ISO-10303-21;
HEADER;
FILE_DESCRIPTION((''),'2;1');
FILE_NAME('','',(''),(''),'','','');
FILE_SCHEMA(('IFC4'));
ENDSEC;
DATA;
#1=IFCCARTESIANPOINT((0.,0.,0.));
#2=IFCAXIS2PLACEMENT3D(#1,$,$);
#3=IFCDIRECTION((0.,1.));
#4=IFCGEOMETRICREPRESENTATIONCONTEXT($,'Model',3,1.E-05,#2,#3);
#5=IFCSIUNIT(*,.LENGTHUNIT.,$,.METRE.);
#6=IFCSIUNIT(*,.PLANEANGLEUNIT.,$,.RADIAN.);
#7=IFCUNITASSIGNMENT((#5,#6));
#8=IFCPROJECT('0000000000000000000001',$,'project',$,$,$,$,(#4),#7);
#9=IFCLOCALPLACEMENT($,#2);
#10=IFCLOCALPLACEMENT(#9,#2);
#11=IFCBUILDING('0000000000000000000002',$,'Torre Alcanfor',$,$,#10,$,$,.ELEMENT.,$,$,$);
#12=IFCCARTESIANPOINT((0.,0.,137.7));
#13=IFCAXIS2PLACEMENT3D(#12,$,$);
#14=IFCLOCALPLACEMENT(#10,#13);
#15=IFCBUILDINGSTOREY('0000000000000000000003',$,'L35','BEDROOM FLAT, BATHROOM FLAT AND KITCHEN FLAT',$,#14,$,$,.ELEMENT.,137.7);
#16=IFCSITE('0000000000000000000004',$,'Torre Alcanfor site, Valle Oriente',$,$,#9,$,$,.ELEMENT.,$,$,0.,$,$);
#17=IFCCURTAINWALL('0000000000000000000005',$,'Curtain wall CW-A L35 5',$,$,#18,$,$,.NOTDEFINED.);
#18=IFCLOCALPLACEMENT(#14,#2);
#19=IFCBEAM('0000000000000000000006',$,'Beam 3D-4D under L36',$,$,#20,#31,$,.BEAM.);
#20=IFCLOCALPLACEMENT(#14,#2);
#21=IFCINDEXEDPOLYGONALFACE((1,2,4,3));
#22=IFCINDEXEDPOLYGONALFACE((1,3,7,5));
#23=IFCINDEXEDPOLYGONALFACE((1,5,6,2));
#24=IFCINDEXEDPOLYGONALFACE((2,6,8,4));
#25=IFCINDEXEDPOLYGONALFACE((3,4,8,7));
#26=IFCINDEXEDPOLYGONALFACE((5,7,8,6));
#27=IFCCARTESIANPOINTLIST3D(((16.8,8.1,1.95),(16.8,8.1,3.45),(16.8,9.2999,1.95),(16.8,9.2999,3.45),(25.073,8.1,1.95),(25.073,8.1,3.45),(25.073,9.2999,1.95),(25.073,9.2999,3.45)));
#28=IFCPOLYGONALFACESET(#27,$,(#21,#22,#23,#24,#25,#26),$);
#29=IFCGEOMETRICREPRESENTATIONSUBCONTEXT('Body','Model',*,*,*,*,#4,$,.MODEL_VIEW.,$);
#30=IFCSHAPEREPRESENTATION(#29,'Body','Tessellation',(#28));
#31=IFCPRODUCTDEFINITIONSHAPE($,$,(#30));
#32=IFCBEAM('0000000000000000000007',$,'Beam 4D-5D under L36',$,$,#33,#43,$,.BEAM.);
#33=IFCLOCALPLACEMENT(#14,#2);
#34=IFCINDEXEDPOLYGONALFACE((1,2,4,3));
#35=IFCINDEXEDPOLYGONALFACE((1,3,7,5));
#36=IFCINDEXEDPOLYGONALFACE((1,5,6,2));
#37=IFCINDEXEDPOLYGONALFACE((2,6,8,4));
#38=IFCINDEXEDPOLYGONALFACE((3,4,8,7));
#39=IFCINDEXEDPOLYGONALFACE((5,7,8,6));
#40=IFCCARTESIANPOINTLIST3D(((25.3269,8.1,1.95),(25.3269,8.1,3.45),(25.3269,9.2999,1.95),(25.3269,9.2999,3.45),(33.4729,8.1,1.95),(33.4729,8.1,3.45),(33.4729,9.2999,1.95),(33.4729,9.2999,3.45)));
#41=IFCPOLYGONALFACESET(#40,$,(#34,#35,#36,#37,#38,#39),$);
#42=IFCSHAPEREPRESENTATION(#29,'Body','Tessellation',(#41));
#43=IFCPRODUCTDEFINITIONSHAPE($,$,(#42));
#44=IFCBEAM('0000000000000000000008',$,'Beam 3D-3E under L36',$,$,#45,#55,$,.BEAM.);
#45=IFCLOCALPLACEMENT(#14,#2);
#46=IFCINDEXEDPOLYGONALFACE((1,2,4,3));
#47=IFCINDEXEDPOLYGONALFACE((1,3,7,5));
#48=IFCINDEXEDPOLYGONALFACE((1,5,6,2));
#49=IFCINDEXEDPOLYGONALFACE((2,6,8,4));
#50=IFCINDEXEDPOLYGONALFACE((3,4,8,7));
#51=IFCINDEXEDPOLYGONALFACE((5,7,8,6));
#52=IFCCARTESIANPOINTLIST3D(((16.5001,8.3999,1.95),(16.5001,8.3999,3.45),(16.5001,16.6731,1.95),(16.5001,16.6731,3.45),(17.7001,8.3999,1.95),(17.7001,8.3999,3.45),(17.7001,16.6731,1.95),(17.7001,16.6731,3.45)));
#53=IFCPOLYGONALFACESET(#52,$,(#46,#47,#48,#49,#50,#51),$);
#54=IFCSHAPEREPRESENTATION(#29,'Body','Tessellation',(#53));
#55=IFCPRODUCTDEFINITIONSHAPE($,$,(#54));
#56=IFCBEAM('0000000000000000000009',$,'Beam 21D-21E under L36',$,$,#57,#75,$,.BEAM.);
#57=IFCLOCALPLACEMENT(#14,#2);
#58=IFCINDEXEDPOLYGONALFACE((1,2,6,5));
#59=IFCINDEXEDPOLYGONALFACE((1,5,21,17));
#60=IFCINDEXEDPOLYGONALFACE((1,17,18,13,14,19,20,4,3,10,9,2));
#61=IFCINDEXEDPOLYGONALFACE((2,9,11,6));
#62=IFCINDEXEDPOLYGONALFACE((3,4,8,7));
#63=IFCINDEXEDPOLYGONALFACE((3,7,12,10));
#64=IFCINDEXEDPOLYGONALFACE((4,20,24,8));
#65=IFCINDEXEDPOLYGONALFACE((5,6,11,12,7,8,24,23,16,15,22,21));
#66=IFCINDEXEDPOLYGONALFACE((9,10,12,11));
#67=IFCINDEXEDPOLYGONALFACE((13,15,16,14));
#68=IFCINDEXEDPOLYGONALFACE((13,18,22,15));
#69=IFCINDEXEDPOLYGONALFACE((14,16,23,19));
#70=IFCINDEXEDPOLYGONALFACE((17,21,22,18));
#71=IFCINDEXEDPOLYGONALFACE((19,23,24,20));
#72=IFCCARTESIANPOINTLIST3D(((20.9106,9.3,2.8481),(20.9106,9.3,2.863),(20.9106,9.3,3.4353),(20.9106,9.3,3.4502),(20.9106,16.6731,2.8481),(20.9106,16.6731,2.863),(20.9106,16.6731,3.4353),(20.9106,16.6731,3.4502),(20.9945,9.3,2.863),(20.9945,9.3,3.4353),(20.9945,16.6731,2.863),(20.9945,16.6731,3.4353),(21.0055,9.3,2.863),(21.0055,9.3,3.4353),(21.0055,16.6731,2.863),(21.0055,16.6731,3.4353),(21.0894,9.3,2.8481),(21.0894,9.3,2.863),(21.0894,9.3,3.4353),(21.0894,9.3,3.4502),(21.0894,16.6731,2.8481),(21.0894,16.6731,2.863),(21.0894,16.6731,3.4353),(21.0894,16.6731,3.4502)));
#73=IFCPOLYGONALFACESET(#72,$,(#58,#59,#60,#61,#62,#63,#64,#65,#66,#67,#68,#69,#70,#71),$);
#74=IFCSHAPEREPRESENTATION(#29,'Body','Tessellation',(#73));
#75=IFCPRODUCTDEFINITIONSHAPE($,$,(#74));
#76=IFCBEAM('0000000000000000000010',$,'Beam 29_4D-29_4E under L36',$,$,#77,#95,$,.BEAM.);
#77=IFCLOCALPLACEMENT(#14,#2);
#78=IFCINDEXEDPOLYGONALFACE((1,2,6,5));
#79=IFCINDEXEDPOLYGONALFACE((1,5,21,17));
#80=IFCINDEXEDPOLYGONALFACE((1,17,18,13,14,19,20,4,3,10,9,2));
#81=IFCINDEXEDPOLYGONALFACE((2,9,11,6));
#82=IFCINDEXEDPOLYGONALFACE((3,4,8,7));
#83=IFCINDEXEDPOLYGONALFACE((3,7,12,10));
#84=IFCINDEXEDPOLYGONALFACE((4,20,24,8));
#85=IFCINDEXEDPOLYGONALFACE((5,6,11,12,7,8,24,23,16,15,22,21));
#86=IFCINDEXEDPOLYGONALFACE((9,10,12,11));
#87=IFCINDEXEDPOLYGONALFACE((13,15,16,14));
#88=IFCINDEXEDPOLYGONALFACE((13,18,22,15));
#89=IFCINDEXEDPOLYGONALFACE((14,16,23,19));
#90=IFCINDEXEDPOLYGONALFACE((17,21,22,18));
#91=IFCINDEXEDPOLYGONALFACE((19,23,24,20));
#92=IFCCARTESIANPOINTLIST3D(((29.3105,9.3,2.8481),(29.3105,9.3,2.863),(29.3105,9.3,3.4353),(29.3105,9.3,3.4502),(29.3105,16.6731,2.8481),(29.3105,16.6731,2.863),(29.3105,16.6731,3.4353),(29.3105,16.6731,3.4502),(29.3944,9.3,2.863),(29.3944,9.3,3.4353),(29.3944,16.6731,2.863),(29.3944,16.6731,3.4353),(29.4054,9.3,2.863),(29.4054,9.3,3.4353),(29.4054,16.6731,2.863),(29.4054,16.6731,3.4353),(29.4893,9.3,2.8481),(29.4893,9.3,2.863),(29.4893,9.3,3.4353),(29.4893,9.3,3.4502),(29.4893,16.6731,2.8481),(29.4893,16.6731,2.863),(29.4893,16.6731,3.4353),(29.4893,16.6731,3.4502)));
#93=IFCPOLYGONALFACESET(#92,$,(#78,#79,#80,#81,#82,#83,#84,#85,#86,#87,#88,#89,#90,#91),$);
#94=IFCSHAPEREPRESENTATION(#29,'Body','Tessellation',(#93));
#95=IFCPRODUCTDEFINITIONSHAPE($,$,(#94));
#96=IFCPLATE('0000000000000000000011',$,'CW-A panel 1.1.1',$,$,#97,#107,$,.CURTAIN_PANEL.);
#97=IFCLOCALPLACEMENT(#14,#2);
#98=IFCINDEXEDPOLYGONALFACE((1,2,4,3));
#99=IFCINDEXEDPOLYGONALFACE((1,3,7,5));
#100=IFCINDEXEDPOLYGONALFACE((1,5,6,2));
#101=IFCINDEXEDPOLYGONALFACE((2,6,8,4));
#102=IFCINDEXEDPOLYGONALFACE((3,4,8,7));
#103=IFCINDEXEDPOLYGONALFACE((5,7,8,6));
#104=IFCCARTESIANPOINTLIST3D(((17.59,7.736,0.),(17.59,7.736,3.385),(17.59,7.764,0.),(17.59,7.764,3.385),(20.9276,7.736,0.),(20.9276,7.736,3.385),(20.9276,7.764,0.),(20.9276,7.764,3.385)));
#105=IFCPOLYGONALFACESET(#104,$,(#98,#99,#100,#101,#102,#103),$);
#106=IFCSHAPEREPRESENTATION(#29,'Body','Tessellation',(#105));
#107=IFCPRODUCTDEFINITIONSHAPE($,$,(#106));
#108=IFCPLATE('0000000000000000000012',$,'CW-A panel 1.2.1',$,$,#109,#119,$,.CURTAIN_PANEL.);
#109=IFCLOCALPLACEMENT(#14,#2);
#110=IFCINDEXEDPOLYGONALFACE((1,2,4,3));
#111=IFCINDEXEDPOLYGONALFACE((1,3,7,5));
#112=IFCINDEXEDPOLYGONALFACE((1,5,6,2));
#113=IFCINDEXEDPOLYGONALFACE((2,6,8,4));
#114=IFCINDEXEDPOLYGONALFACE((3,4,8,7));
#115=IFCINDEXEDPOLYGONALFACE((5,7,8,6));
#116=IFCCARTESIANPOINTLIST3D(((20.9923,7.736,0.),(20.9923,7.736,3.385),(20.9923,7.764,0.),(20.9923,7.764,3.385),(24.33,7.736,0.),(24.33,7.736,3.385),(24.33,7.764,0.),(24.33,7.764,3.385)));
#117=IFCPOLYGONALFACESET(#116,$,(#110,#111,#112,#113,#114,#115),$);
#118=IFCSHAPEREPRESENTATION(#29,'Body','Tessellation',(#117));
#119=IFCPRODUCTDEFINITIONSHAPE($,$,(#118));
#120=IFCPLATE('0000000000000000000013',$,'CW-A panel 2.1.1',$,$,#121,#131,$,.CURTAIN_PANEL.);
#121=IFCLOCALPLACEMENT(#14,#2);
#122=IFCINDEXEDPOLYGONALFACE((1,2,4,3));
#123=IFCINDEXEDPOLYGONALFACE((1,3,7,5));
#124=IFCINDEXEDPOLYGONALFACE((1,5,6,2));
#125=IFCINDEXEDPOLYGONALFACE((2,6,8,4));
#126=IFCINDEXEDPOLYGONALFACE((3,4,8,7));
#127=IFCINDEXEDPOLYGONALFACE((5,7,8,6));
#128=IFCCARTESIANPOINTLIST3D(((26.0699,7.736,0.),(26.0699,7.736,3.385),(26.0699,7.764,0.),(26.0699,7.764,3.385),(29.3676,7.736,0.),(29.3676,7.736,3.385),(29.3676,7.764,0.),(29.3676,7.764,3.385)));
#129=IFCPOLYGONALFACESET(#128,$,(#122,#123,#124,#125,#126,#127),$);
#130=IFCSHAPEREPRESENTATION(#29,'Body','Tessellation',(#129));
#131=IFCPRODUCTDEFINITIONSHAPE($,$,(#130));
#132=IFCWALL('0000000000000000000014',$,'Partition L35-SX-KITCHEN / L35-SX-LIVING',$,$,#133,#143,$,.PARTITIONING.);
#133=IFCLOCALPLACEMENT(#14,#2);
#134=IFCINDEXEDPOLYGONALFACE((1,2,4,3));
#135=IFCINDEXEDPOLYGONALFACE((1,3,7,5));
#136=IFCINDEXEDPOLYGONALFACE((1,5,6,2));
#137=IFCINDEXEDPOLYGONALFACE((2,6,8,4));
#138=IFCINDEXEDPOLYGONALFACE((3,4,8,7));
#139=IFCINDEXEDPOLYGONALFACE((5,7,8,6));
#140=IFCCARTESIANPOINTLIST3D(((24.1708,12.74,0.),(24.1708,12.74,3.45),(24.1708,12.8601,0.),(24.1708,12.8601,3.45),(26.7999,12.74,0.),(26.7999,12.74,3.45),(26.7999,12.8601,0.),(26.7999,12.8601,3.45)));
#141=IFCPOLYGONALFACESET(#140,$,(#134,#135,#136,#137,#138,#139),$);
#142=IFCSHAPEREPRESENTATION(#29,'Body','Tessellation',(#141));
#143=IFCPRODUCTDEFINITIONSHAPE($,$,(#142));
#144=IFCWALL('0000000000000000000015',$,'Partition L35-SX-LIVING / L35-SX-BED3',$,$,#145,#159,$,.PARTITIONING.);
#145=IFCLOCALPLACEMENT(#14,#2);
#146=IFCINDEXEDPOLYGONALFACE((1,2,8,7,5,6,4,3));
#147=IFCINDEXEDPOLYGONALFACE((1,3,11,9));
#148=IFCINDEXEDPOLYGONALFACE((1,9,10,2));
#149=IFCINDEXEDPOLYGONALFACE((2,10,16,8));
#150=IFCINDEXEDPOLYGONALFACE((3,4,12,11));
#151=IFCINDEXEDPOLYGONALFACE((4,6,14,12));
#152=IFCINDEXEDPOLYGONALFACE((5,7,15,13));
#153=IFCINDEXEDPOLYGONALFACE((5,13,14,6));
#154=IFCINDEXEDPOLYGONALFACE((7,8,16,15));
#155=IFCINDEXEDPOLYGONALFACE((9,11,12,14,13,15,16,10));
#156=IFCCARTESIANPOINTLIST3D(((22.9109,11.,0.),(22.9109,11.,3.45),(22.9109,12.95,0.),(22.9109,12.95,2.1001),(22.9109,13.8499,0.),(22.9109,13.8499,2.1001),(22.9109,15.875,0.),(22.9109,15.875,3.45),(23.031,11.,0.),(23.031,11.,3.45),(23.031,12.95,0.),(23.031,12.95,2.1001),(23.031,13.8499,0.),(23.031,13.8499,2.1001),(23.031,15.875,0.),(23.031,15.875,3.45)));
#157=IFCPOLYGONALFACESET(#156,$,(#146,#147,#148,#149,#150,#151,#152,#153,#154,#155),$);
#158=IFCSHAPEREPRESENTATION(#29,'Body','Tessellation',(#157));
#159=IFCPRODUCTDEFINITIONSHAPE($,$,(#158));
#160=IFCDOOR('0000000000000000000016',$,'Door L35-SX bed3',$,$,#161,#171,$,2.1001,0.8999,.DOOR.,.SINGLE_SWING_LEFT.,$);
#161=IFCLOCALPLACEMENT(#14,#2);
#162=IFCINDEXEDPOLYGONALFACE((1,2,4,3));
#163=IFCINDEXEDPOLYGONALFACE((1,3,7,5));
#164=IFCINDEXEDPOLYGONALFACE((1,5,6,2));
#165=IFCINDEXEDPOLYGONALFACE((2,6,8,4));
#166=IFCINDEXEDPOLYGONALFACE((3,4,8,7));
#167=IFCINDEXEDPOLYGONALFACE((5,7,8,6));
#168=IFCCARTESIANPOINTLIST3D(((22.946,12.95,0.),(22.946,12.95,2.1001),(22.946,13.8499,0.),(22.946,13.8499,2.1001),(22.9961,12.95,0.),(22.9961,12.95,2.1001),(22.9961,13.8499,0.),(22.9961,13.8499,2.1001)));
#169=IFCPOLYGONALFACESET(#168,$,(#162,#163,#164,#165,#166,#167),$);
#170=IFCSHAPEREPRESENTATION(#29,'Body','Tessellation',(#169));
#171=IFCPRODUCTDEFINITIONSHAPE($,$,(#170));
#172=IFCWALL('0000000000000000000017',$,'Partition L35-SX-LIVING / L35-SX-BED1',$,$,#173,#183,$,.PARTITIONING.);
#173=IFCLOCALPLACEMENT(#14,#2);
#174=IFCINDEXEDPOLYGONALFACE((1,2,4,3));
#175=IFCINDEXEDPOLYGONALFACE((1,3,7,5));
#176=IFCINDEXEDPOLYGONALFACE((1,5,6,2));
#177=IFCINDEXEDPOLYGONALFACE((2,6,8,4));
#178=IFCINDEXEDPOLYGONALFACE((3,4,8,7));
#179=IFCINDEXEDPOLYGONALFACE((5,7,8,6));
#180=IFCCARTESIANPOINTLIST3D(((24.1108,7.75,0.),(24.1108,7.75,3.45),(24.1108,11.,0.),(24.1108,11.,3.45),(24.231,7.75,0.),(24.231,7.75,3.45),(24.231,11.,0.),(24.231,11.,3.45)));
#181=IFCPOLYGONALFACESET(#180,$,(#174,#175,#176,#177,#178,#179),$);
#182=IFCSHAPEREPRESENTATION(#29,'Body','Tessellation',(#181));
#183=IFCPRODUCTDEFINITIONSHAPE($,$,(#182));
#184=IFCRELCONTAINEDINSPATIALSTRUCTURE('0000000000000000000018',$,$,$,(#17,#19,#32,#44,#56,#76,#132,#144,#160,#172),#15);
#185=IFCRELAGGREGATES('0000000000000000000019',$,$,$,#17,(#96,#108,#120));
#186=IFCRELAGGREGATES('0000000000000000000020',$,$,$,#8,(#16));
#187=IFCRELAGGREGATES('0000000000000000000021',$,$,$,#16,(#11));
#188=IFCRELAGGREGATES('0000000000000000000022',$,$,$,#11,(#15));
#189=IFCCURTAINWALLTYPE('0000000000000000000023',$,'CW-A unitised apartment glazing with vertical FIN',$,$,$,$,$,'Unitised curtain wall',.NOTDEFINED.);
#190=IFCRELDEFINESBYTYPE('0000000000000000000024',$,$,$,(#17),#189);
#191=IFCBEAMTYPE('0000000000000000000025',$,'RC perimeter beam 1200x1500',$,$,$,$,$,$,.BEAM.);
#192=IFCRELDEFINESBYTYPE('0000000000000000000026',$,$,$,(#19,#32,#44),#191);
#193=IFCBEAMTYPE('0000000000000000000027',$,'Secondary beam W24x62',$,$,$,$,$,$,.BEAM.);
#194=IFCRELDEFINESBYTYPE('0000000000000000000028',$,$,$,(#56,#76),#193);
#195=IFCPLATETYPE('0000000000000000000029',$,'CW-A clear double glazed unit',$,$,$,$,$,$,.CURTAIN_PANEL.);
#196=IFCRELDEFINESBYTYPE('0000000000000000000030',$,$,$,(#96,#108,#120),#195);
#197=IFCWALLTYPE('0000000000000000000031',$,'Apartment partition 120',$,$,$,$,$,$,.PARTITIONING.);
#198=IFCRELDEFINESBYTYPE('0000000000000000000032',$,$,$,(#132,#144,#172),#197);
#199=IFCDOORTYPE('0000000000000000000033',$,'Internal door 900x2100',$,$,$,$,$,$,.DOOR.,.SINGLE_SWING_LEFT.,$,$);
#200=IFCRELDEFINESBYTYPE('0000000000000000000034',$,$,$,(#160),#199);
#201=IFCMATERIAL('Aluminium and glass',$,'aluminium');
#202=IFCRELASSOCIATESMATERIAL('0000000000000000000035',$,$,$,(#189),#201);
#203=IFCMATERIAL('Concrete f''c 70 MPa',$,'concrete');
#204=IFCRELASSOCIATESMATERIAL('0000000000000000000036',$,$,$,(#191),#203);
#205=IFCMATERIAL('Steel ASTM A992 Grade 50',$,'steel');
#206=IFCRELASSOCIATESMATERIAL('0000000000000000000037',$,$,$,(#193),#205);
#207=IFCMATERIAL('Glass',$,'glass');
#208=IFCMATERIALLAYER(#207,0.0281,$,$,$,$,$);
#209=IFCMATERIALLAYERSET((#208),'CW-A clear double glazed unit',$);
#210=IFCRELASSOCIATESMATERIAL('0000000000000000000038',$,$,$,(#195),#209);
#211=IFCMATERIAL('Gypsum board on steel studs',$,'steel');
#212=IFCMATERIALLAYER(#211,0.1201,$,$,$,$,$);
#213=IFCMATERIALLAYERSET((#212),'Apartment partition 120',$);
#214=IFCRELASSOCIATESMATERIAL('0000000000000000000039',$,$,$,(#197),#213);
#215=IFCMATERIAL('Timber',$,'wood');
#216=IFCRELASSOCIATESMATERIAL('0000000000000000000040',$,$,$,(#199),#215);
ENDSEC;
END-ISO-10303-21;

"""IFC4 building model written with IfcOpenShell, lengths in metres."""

from ifc_helpers import new_model, si_unit, direction, frame, frame_2d, origin, origin_2d, place, context, subcontext, project, spatial, rectangle, i_section, extrude, material, layer, layer_set, material_profile, profile_set, type_object, element, fill, aggregate, save


model = new_model("IFC4")

# Units and contexts
model_context = context("Model", 3, precision=1e-05, world=origin(), true_north=direction((0.0, 1.0)))
body_context = subcontext(model_context, "Body", "Model", "MODEL_VIEW")
ifc_project = project(units=[si_unit("LENGTHUNIT", "METRE"), si_unit("PLANEANGLEUNIT", "RADIAN")], contexts=[model_context])

# Site, building, storey
site_placement = place(None, origin())
site = spatial("IfcSite", under=ifc_project, at=site_placement, Name="Torre Alcanfor site, Valle Oriente", CompositionType="ELEMENT", RefElevation=0.0)
building_placement = place(site_placement, origin())
building = spatial("IfcBuilding", under=site, at=building_placement, Name="Torre Alcanfor", CompositionType="ELEMENT")
storey_placement = place(building_placement, frame((0.0, 0.0, 137.7)))
storey = spatial("IfcBuildingStorey", under=building, at=storey_placement, Name="L35", Description="BEDROOM FLAT, BATHROOM FLAT AND KITCHEN FLAT", CompositionType="ELEMENT", Elevation=137.7)

# Curtain wall
ifc_material_1 = material(Name="Aluminium and glass", Category="aluminium")
curtain_wall_type = type_object("IfcCurtainWallType", Name="CW-A unitised apartment glazing with vertical FIN", ElementType="Unitised curtain wall", PredefinedType="NOTDEFINED", material=ifc_material_1)
curtain_wall_placement = place(storey_placement, origin())
curtain_wall = element("IfcCurtainWall", 1, at=curtain_wall_placement, inside=storey, type_object=curtain_wall_type, Name="Curtain wall CW-A L35 5", PredefinedType="NOTDEFINED")

# Beams
ifc_material_2 = material(Name="Concrete f'c 70 MPa", Category="concrete")
ifc_material_profile_1 = material_profile(ifc_material_2, rectangle(XDim=1.2, YDim=1.5, at=origin_2d()), Name="1200x1500")
ifc_profile_set_1 = profile_set([ifc_material_profile_1], Name="Concrete f'c 70 MPa")
beam_type_1 = type_object("IfcBeamType", Name="RC perimeter beam 1200x1500", PredefinedType="BEAM", material=ifc_profile_set_1)
beam_1_placement = place(storey_placement, frame((16.8, 8.7, 2.7), z_axis=(1.0, 0.0, 0.0), x_axis=(0.0, 1.0, 0.0)))
element("IfcBeam", 2, at=beam_1_placement, inside=storey, type_object=beam_type_1, Name="Beam 3D-4D under L36", PredefinedType="BEAM", context=body_context, shape_type="SweptSolid", body=[
    extrude(rectangle(XDim=1.2, YDim=1.5, at=origin_2d()), origin(), (0.0, 0.0, 1.0), 8.2729),
])
beam_2_placement = place(storey_placement, frame((25.3269, 8.7, 2.7), z_axis=(1.0, 0.0, 0.0), x_axis=(0.0, 1.0, 0.0)))
element("IfcBeam", 3, at=beam_2_placement, inside=storey, type_object=beam_type_1, Name="Beam 4D-5D under L36", PredefinedType="BEAM", context=body_context, shape_type="SweptSolid", body=[
    extrude(rectangle(XDim=1.2, YDim=1.5, at=origin_2d()), origin(), (0.0, 0.0, 1.0), 8.146),
])
beam_3_placement = place(storey_placement, frame((17.1001, 8.3999, 2.7), z_axis=(0.0, 1.0, 0.0), x_axis=(-1.0, 0.0, 0.0)))
element("IfcBeam", 4, at=beam_3_placement, inside=storey, type_object=beam_type_1, Name="Beam 3D-3E under L36", PredefinedType="BEAM", context=body_context, shape_type="SweptSolid", body=[
    extrude(rectangle(XDim=1.2, YDim=1.5, at=origin_2d()), origin(), (0.0, 0.0, 1.0), 8.2732),
])
ifc_material_3 = material(Name="Steel ASTM A992 Grade 50", Category="steel")
ifc_material_profile_2 = material_profile(ifc_material_3, i_section(OverallWidth=0.1787, OverallDepth=0.6021, WebThickness=0.011, FlangeThickness=0.0149, at=origin_2d()), Name="W24x62")
ifc_profile_set_2 = profile_set([ifc_material_profile_2], Name="Steel ASTM A992 Grade 50")
beam_type_2 = type_object("IfcBeamType", Name="Secondary beam W24x62", PredefinedType="BEAM", material=ifc_profile_set_2)
for number, where, z_axis, x_axis, name in (
    (5, (21.0, 9.3, 3.1492), (0.0, 1.0, 0.0), (-1.0, 0.0, 0.0), "Beam 21D-21E under L36"),
    (6, (29.3999, 9.3, 3.1492), (0.0, 1.0, 0.0), (-1.0, 0.0, 0.0), "Beam 29_4D-29_4E under L36"),
):
    element("IfcBeam", number, at=place(storey_placement, frame(where, z_axis=z_axis, x_axis=x_axis)), inside=storey, type_object=beam_type_2, Name=name, PredefinedType="BEAM", context=body_context, shape_type="SweptSolid", body=[
        extrude(i_section(OverallWidth=0.1787, OverallDepth=0.6021, WebThickness=0.011, FlangeThickness=0.0149, at=origin_2d()), origin(), (0.0, 0.0, 1.0), 7.373),
    ])

# Plates
ifc_material_4 = material(Name="Glass", Category="glass")
ifc_layer_1 = layer(ifc_material_4, 0.0281)
ifc_layer_set_1 = layer_set([ifc_layer_1], Name="CW-A clear double glazed unit")
plate_type = type_object("IfcPlateType", Name="CW-A clear double glazed unit", PredefinedType="CURTAIN_PANEL", material=ifc_layer_set_1)
plate_1_placement = place(storey_placement, frame((19.2588, 7.75, 0.0), z_axis=(0.0, 0.0, 1.0), x_axis=(1.0, 0.0, 0.0)))
plate_1 = element("IfcPlate", 7, at=plate_1_placement, type_object=plate_type, Name="CW-A panel 1.1.1", PredefinedType="CURTAIN_PANEL", context=body_context, shape_type="SweptSolid", body=[
    extrude(rectangle(XDim=3.3376, YDim=0.0281, at=origin_2d()), origin(), (0.0, 0.0, 1.0), 3.385),
])
plate_2_placement = place(storey_placement, frame((22.6611, 7.75, 0.0), z_axis=(0.0, 0.0, 1.0), x_axis=(1.0, 0.0, 0.0)))
plate_2 = element("IfcPlate", 8, at=plate_2_placement, type_object=plate_type, Name="CW-A panel 1.2.1", PredefinedType="CURTAIN_PANEL", context=body_context, shape_type="SweptSolid", body=[
    extrude(rectangle(XDim=3.3376, YDim=0.0281, at=origin_2d()), origin(), (0.0, 0.0, 1.0), 3.385),
])
plate_3_placement = place(storey_placement, frame((27.7188, 7.75, 0.0), z_axis=(0.0, 0.0, 1.0), x_axis=(1.0, 0.0, 0.0)))
plate_3 = element("IfcPlate", 9, at=plate_3_placement, type_object=plate_type, Name="CW-A panel 2.1.1", PredefinedType="CURTAIN_PANEL", context=body_context, shape_type="SweptSolid", body=[
    extrude(rectangle(XDim=3.2976, YDim=0.0281, at=origin_2d()), origin(), (0.0, 0.0, 1.0), 3.385),
])
aggregate(curtain_wall, [plate_1, plate_2, plate_3])

# Wall
ifc_material_5 = material(Name="Gypsum board on steel studs", Category="steel")
ifc_layer_2 = layer(ifc_material_5, 0.1201)
ifc_layer_set_2 = layer_set([ifc_layer_2], Name="Apartment partition 120")
wall_type_1 = type_object("IfcWallType", Name="Apartment partition 120", PredefinedType="PARTITIONING", material=ifc_layer_set_2)
wall_1_placement = place(storey_placement, frame((24.1709, 12.8, 0.0), z_axis=(0.0, 0.0, 1.0), x_axis=(1.0, 0.0, 0.0)))
element("IfcWall", 10, at=wall_1_placement, inside=storey, type_object=wall_type_1, Name="Partition L35-SX-KITCHEN / L35-SX-LIVING", PredefinedType="PARTITIONING", context=body_context, shape_type="SweptSolid", body=[
    extrude(rectangle(XDim=2.6292, YDim=0.1201, at=frame_2d((1.3145, 0.0))), origin(), (0.0, 0.0, 1.0), 3.45),
])

# Wall, opening, door
wall_2_placement = place(storey_placement, frame((22.9709, 11.0, 0.0), z_axis=(0.0, 0.0, 1.0), x_axis=(0.0, 1.0, 0.0)))
wall_2 = element("IfcWall", 11, at=wall_2_placement, inside=storey, type_object=wall_type_1, Name="Partition L35-SX-LIVING / L35-SX-BED3", PredefinedType="PARTITIONING", context=body_context, shape_type="SweptSolid", body=[
    extrude(rectangle(XDim=4.875, YDim=0.1201, at=frame_2d((2.4375, 0.0))), origin(), (0.0, 0.0, 1.0), 3.45),
])
opening_1_placement = place(wall_2_placement, frame((1.95, 0.0, 0.0)))
opening_1 = element("IfcOpeningElement", 12, at=opening_1_placement, cuts=wall_2, PredefinedType="OPENING", context=body_context, shape_type="SweptSolid", body=[
    extrude(rectangle(XDim=0.8999, YDim=2.1001, at=frame_2d((0.45, 1.05))), frame((0.0, 0.0701, 0.0), z_axis=(0.0, -1.0, 0.0), x_axis=(1.0, 0.0, 0.0)), (0.0, 0.0, 1.0), 0.1401),
])
ifc_material_6 = material(Name="Timber", Category="wood")
door_type_1 = type_object("IfcDoorType", Name="Internal door 900x2100", OperationType="SINGLE_SWING_LEFT", PredefinedType="DOOR", material=ifc_material_6)
door_1_placement = place(opening_1_placement, origin())
door_1 = element("IfcDoor", 13, at=door_1_placement, inside=storey, type_object=door_type_1, Name="Door L35-SX bed3", OperationType="SINGLE_SWING_LEFT", OverallHeight=2.1001, OverallWidth=0.8999, PredefinedType="DOOR", context=body_context, shape_type="SweptSolid", body=[
    extrude(rectangle(XDim=0.8999, YDim=2.1001, at=frame_2d((0.45, 1.05))), frame((0.0, 0.0249, 0.0), z_axis=(0.0, -1.0, 0.0), x_axis=(1.0, 0.0, 0.0)), (0.0, 0.0, 1.0), 0.05),
])
fill(opening_1, door_1)

# Wall
wall_3_placement = place(storey_placement, frame((24.1709, 7.75, 0.0), z_axis=(0.0, 0.0, 1.0), x_axis=(0.0, 1.0, 0.0)))
element("IfcWall", 14, at=wall_3_placement, inside=storey, type_object=wall_type_1, Name="Partition L35-SX-LIVING / L35-SX-BED1", PredefinedType="PARTITIONING", context=body_context, shape_type="SweptSolid", body=[
    extrude(rectangle(XDim=3.25, YDim=0.1201, at=frame_2d((1.625, 0.0))), origin(), (0.0, 0.0, 1.0), 3.45),
])

save(model, "model.ifc")
